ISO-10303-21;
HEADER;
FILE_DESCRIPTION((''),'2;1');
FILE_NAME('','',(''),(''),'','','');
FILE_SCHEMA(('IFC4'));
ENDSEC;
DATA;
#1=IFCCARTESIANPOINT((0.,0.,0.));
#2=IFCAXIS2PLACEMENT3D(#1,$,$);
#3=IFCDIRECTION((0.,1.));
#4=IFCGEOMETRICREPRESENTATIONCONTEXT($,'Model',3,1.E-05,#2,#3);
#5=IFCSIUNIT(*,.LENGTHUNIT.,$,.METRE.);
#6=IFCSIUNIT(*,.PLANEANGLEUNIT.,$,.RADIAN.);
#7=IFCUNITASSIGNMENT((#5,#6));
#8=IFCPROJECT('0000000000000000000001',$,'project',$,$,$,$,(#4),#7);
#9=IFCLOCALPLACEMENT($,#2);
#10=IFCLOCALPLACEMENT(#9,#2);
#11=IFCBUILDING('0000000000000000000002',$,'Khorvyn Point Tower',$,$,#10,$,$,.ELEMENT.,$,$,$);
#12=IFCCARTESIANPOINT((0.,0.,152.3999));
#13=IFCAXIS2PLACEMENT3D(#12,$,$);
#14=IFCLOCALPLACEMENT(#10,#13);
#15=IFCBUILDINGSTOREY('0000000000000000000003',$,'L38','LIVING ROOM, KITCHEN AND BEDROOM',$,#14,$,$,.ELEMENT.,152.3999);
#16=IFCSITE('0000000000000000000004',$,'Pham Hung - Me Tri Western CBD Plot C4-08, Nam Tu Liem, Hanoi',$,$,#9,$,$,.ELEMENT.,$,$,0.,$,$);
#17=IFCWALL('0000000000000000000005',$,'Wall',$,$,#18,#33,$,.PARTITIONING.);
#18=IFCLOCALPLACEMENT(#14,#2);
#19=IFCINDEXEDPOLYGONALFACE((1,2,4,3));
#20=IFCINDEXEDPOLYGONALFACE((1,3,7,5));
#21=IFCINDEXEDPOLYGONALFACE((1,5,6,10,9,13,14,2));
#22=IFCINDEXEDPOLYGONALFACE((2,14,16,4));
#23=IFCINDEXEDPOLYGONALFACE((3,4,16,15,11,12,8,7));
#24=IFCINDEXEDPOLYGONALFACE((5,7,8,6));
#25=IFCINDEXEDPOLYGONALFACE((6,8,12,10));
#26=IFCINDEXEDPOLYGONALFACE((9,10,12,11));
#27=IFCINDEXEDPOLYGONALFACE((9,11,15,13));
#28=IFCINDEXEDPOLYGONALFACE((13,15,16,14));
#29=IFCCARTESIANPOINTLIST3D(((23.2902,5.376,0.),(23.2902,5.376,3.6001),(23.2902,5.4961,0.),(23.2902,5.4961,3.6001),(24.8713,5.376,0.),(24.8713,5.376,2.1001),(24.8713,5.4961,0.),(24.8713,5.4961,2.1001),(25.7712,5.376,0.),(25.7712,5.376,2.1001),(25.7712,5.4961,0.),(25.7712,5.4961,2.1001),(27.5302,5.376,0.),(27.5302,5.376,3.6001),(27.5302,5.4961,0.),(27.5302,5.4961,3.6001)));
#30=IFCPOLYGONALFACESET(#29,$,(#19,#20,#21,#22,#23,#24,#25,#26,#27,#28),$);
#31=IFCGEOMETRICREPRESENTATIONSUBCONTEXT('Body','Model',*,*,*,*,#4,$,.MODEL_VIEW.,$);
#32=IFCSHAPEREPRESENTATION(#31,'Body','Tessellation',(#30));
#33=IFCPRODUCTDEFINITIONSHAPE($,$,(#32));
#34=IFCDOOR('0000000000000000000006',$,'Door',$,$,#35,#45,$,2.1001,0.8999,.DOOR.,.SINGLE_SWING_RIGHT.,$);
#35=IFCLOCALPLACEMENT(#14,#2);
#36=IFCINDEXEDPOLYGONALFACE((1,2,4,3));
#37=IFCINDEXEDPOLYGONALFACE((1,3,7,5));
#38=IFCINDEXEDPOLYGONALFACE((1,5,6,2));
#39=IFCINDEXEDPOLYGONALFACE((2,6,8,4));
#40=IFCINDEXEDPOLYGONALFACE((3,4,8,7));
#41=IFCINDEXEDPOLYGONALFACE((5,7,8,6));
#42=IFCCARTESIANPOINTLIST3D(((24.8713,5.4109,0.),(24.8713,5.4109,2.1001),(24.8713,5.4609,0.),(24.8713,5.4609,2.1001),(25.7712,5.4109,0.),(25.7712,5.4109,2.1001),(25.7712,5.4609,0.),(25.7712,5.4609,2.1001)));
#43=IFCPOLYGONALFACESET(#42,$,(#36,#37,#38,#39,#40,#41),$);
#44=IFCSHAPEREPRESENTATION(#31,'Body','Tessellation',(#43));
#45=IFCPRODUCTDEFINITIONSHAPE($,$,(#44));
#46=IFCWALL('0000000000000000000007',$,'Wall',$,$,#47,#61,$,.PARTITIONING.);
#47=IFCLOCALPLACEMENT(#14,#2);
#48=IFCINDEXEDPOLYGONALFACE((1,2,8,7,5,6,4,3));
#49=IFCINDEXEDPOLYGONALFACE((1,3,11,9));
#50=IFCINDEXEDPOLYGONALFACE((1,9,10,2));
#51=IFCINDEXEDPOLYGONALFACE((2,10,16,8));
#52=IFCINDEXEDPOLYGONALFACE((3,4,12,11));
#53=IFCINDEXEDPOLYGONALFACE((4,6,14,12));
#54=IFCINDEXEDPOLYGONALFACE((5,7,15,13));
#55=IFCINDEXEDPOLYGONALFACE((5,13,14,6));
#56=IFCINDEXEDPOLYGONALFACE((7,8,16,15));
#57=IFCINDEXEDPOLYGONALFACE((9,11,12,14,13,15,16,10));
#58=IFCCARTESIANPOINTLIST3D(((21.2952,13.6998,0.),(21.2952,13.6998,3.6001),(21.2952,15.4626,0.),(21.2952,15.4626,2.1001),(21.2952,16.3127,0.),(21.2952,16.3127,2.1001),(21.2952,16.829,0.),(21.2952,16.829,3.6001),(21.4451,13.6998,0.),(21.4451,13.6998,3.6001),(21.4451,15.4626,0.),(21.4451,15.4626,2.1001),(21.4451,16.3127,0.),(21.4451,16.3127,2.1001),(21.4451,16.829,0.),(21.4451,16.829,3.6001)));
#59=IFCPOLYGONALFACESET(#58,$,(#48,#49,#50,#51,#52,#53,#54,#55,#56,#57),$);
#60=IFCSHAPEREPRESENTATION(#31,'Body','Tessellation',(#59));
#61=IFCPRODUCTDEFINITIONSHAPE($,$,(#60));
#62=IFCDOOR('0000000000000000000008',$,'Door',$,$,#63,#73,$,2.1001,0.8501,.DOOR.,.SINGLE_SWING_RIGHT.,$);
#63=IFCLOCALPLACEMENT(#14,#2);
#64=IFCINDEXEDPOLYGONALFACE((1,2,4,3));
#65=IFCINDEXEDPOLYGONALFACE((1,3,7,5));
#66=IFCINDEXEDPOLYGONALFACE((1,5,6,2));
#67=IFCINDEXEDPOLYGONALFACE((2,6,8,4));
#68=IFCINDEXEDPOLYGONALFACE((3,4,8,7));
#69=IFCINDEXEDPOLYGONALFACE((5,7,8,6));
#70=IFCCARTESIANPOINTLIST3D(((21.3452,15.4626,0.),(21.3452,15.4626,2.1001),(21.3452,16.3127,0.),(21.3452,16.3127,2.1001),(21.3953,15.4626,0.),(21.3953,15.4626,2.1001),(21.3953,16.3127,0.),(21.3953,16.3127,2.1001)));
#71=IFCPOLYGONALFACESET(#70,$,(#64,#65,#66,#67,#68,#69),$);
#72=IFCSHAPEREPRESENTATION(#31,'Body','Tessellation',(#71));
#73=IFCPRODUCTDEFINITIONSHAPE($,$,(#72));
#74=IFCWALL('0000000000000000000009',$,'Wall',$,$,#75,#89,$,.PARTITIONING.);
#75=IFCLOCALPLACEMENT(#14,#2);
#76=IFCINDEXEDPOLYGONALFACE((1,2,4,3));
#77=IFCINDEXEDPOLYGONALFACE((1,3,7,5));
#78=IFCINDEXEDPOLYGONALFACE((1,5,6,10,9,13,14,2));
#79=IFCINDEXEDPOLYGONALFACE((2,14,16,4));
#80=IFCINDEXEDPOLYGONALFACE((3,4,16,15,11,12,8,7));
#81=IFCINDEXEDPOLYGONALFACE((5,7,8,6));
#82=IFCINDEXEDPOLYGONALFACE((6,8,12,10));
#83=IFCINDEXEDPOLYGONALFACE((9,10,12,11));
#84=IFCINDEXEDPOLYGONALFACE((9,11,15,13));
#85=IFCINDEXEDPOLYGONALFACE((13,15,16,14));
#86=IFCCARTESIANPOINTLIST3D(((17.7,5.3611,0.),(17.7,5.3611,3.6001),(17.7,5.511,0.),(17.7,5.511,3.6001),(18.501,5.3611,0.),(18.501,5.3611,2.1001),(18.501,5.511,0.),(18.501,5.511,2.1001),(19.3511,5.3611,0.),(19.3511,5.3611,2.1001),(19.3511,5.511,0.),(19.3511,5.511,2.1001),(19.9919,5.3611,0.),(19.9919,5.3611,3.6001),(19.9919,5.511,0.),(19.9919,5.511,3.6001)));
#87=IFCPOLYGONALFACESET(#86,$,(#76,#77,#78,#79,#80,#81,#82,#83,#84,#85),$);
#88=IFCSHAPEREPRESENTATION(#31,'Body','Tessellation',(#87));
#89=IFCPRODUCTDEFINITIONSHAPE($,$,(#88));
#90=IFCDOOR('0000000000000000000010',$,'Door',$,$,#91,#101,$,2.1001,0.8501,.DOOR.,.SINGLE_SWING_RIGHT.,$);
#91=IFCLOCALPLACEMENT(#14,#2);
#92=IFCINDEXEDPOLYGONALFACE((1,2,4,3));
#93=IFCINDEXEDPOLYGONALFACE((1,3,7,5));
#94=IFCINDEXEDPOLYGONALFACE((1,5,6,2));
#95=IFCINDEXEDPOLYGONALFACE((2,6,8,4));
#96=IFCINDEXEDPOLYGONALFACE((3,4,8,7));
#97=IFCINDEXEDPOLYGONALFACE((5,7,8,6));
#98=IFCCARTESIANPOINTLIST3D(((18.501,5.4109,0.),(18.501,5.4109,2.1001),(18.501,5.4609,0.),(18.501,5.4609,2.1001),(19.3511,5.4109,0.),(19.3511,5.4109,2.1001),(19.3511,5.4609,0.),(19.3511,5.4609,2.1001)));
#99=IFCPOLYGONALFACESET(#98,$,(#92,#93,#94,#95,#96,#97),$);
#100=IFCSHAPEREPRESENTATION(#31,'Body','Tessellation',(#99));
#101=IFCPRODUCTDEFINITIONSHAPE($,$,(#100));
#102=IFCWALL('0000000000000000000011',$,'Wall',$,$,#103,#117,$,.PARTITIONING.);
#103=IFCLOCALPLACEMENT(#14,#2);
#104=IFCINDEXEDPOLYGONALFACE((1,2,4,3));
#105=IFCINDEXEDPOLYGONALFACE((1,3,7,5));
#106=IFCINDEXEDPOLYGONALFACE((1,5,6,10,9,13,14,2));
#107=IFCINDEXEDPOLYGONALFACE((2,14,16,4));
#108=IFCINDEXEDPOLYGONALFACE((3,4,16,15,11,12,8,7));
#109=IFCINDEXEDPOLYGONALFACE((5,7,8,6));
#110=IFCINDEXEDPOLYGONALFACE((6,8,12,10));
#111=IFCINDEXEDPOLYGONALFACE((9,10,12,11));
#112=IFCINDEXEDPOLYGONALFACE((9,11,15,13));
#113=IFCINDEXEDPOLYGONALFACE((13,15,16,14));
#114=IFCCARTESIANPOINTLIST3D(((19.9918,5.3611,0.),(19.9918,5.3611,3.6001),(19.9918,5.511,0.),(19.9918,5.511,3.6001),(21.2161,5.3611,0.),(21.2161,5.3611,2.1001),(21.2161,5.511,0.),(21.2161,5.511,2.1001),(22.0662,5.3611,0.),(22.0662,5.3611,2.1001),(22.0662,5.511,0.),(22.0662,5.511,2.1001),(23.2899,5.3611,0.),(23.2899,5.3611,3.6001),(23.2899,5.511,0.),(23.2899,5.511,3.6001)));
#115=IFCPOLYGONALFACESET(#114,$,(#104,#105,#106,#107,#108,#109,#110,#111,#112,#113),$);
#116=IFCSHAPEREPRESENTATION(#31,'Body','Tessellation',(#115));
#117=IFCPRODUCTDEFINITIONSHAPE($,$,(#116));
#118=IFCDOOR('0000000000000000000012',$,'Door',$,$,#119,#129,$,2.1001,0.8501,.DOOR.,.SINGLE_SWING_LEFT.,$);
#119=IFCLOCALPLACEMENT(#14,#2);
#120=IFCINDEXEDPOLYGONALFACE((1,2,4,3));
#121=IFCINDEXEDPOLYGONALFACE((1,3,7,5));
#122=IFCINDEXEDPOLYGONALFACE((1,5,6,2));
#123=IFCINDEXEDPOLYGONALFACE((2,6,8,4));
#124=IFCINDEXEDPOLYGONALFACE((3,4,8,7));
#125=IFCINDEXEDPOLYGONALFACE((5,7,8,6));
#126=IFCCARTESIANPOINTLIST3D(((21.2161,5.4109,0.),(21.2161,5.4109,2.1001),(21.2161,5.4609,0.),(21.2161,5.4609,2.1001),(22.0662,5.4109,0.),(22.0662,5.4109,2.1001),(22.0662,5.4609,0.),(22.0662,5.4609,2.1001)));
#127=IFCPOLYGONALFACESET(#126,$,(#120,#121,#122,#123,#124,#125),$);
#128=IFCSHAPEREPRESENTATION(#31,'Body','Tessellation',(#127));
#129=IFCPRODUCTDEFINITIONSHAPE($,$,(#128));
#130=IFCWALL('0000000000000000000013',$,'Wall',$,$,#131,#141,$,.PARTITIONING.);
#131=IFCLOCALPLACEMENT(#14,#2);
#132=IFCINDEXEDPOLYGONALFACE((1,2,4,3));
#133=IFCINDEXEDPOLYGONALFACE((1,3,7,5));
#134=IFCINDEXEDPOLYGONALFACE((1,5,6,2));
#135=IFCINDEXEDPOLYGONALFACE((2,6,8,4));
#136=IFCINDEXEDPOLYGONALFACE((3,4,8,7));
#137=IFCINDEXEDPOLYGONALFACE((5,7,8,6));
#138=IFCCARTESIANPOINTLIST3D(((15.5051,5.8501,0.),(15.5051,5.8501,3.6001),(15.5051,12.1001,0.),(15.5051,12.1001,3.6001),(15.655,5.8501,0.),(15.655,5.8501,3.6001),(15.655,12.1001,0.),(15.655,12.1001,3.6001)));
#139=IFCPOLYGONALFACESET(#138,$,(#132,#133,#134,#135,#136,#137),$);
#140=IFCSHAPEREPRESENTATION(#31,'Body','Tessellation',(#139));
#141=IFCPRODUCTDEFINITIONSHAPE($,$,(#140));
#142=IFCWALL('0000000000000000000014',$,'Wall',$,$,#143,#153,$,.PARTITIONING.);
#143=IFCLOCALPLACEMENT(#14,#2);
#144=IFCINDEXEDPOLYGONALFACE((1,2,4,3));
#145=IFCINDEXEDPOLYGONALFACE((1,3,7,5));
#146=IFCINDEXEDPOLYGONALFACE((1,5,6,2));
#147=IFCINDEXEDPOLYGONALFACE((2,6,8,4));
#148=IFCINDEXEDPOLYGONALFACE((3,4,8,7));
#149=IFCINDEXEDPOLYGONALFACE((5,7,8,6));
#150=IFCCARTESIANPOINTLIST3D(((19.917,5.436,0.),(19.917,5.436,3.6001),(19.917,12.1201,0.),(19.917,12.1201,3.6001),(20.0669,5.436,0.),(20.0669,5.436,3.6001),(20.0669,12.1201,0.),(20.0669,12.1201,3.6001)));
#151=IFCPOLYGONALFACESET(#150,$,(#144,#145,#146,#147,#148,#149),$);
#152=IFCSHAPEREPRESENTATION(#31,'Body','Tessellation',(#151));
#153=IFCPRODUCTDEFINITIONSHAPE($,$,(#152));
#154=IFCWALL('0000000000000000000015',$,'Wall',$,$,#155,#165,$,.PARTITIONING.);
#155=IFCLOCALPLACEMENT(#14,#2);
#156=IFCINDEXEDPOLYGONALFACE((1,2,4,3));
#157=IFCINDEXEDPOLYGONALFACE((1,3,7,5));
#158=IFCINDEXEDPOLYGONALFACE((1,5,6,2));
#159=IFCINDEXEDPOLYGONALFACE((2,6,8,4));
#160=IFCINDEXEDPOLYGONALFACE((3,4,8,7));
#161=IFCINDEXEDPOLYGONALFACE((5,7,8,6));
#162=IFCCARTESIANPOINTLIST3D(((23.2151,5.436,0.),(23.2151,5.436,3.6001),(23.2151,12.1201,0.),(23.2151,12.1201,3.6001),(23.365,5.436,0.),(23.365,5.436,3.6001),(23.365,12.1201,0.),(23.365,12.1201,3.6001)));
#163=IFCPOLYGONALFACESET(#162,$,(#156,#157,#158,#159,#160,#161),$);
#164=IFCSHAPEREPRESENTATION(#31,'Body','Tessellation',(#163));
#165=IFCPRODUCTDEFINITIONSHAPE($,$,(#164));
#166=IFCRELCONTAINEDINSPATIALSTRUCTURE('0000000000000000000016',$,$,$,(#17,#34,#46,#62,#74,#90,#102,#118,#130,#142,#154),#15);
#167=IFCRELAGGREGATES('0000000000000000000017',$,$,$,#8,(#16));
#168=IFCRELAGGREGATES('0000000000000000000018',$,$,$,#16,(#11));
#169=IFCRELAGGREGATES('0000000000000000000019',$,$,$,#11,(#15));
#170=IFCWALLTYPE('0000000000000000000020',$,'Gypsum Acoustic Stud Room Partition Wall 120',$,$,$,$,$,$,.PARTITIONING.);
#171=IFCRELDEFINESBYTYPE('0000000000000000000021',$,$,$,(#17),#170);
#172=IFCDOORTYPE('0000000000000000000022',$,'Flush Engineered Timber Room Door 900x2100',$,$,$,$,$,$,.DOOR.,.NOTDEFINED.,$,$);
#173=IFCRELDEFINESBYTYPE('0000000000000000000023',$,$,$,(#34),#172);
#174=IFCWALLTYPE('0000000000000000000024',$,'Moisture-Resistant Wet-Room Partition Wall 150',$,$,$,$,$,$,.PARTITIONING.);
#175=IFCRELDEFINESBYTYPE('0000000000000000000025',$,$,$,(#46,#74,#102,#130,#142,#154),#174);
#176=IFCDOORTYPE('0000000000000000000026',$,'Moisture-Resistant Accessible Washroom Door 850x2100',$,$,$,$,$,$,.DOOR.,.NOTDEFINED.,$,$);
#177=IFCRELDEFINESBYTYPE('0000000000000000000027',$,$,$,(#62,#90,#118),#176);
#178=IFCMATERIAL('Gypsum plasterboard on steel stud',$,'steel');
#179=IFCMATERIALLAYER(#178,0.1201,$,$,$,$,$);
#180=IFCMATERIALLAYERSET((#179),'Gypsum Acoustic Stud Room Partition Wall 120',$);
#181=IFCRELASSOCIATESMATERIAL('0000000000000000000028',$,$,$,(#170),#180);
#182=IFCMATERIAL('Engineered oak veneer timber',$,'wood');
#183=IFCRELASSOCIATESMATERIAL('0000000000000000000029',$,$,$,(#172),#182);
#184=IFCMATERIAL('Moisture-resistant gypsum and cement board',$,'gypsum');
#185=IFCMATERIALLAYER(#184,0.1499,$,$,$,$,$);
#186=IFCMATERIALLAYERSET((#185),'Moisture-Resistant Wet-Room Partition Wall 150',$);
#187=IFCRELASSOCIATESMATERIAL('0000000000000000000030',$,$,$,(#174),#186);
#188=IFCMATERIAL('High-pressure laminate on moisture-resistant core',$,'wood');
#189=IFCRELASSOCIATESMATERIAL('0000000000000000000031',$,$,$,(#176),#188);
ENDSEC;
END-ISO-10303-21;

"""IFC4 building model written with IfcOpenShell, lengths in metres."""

from ifc_helpers import new_model, si_unit, direction, frame, frame_2d, origin, place, context, subcontext, project, spatial, rectangle, extrude, material, layer, layer_set, type_object, element, fill, save


model = new_model("IFC4")

# Units and contexts
model_context = context("Model", 3, precision=1e-05, world=origin(), true_north=direction((0.0, 1.0)))
body_context = subcontext(model_context, "Body", "Model", "MODEL_VIEW")
ifc_project = project(units=[si_unit("LENGTHUNIT", "METRE"), si_unit("PLANEANGLEUNIT", "RADIAN")], contexts=[model_context])

# Site, building, storey
site_placement = place(None, origin())
site = spatial("IfcSite", under=ifc_project, at=site_placement, Name="Pham Hung - Me Tri Western CBD Plot C4-08, Nam Tu Liem, Hanoi", CompositionType="ELEMENT", RefElevation=0.0)
building_placement = place(site_placement, origin())
building = spatial("IfcBuilding", under=site, at=building_placement, Name="Khorvyn Point Tower", CompositionType="ELEMENT")
storey_placement = place(building_placement, frame((0.0, 0.0, 152.3999)))
storey = spatial("IfcBuildingStorey", under=building, at=storey_placement, Name="L38", Description="LIVING ROOM, KITCHEN AND BEDROOM", CompositionType="ELEMENT", Elevation=152.3999)

# Walls, openings, doors
ifc_material_1 = material(Name="Gypsum plasterboard on steel stud", Category="steel")
ifc_layer_1 = layer(ifc_material_1, 0.1201)
ifc_layer_set_1 = layer_set([ifc_layer_1], Name="Gypsum Acoustic Stud Room Partition Wall 120")
wall_type_1 = type_object("IfcWallType", Name="Gypsum Acoustic Stud Room Partition Wall 120", PredefinedType="PARTITIONING", material=ifc_layer_set_1)
wall_1_placement = place(storey_placement, frame((23.29, 5.436, 0.0), z_axis=(0.0, 0.0, 1.0), x_axis=(1.0, 0.0, 0.0)))
wall_1 = element("IfcWall", 1, at=wall_1_placement, inside=storey, type_object=wall_type_1, Name="Wall", PredefinedType="PARTITIONING", context=body_context, shape_type="SweptSolid", body=[
    extrude(rectangle(XDim=4.24, YDim=0.1201, at=frame_2d((2.1201, 0.0))), origin(), (0.0, 0.0, 1.0), 3.6001),
])
opening_1_placement = place(wall_1_placement, frame((1.5813, 0.0, 0.0)))
opening_1 = element("IfcOpeningElement", 2, at=opening_1_placement, cuts=wall_1, PredefinedType="OPENING", context=body_context, shape_type="SweptSolid", body=[
    extrude(rectangle(XDim=0.8999, YDim=2.1001, at=frame_2d((0.45, 1.05))), frame((0.0, 0.0701, 0.0), z_axis=(0.0, -1.0, 0.0), x_axis=(1.0, 0.0, 0.0)), (0.0, 0.0, 1.0), 0.1401),
])
ifc_material_2 = material(Name="Engineered oak veneer timber", Category="wood")
door_type_1 = type_object("IfcDoorType", Name="Flush Engineered Timber Room Door 900x2100", OperationType="NOTDEFINED", PredefinedType="DOOR", material=ifc_material_2)
door_1_placement = place(opening_1_placement, origin())
door_1 = element("IfcDoor", 3, at=door_1_placement, inside=storey, type_object=door_type_1, Name="Door", OperationType="SINGLE_SWING_RIGHT", OverallHeight=2.1001, OverallWidth=0.8999, PredefinedType="DOOR", context=body_context, shape_type="SweptSolid", body=[
    extrude(rectangle(XDim=0.8999, YDim=2.1001, at=frame_2d((0.45, 1.05))), frame((0.0, 0.0249, 0.0), z_axis=(0.0, -1.0, 0.0), x_axis=(1.0, 0.0, 0.0)), (0.0, 0.0, 1.0), 0.05),
])
fill(opening_1, door_1)
ifc_material_3 = material(Name="Moisture-resistant gypsum and cement board", Category="gypsum")
ifc_layer_2 = layer(ifc_material_3, 0.1499)
ifc_layer_set_2 = layer_set([ifc_layer_2], Name="Moisture-Resistant Wet-Room Partition Wall 150")
wall_type_2 = type_object("IfcWallType", Name="Moisture-Resistant Wet-Room Partition Wall 150", PredefinedType="PARTITIONING", material=ifc_layer_set_2)
wall_2_placement = place(storey_placement, frame((21.3701, 13.7, 0.0), z_axis=(0.0, 0.0, 1.0), x_axis=(0.0, 1.0, 0.0)))
wall_2 = element("IfcWall", 4, at=wall_2_placement, inside=storey, type_object=wall_type_2, Name="Wall", PredefinedType="PARTITIONING", context=body_context, shape_type="SweptSolid", body=[
    extrude(rectangle(XDim=3.1292, YDim=0.1499, at=frame_2d((1.5645, 0.0))), origin(), (0.0, 0.0, 1.0), 3.6001),
])
opening_2_placement = place(wall_2_placement, frame((1.7627, 0.0, 0.0)))
opening_2 = element("IfcOpeningElement", 5, at=opening_2_placement, cuts=wall_2, PredefinedType="OPENING", context=body_context, shape_type="SweptSolid", body=[
    extrude(rectangle(XDim=0.8501, YDim=2.1001, at=frame_2d((0.425, 1.05))), frame((0.0, 0.085, 0.0), z_axis=(0.0, -1.0, 0.0), x_axis=(1.0, 0.0, 0.0)), (0.0, 0.0, 1.0), 0.1699),
])
ifc_material_4 = material(Name="High-pressure laminate on moisture-resistant core", Category="wood")
door_type_2 = type_object("IfcDoorType", Name="Moisture-Resistant Accessible Washroom Door 850x2100", OperationType="NOTDEFINED", PredefinedType="DOOR", material=ifc_material_4)
door_2_placement = place(opening_2_placement, origin())
door_2 = element("IfcDoor", 6, at=door_2_placement, inside=storey, type_object=door_type_2, Name="Door", OperationType="SINGLE_SWING_RIGHT", OverallHeight=2.1001, OverallWidth=0.8501, PredefinedType="DOOR", context=body_context, shape_type="SweptSolid", body=[
    extrude(rectangle(XDim=0.8501, YDim=2.1001, at=frame_2d((0.425, 1.05))), frame((0.0, 0.0249, 0.0), z_axis=(0.0, -1.0, 0.0), x_axis=(1.0, 0.0, 0.0)), (0.0, 0.0, 1.0), 0.05),
])
fill(opening_2, door_2)
wall_3_placement = place(storey_placement, frame((17.7, 5.436, 0.0), z_axis=(0.0, 0.0, 1.0), x_axis=(1.0, 0.0, 0.0)))
wall_3 = element("IfcWall", 7, at=wall_3_placement, inside=storey, type_object=wall_type_2, Name="Wall", PredefinedType="PARTITIONING", context=body_context, shape_type="SweptSolid", body=[
    extrude(rectangle(XDim=2.292, YDim=0.1499, at=frame_2d((1.146, 0.0))), origin(), (0.0, 0.0, 1.0), 3.6001),
])
opening_3_placement = place(wall_3_placement, frame((0.801, 0.0, 0.0)))
opening_3 = element("IfcOpeningElement", 8, at=opening_3_placement, cuts=wall_3, PredefinedType="OPENING", context=body_context, shape_type="SweptSolid", body=[
    extrude(rectangle(XDim=0.8501, YDim=2.1001, at=frame_2d((0.425, 1.05))), frame((0.0, 0.085, 0.0), z_axis=(0.0, -1.0, 0.0), x_axis=(1.0, 0.0, 0.0)), (0.0, 0.0, 1.0), 0.1699),
])
door_3_placement = place(opening_3_placement, origin())
door_3 = element("IfcDoor", 9, at=door_3_placement, inside=storey, type_object=door_type_2, Name="Door", OperationType="SINGLE_SWING_RIGHT", OverallHeight=2.1001, OverallWidth=0.8501, PredefinedType="DOOR", context=body_context, shape_type="SweptSolid", body=[
    extrude(rectangle(XDim=0.8501, YDim=2.1001, at=frame_2d((0.425, 1.05))), frame((0.0, 0.0249, 0.0), z_axis=(0.0, -1.0, 0.0), x_axis=(1.0, 0.0, 0.0)), (0.0, 0.0, 1.0), 0.05),
])
fill(opening_3, door_3)
wall_4_placement = place(storey_placement, frame((19.9919, 5.436, 0.0), z_axis=(0.0, 0.0, 1.0), x_axis=(1.0, 0.0, 0.0)))
wall_4 = element("IfcWall", 10, at=wall_4_placement, inside=storey, type_object=wall_type_2, Name="Wall", PredefinedType="PARTITIONING", context=body_context, shape_type="SweptSolid", body=[
    extrude(rectangle(XDim=3.2981, YDim=0.1499, at=frame_2d((1.6489, 0.0))), origin(), (0.0, 0.0, 1.0), 3.6001),
])
opening_4_placement = place(wall_4_placement, frame((1.2241, 0.0, 0.0)))
opening_4 = element("IfcOpeningElement", 11, at=opening_4_placement, cuts=wall_4, PredefinedType="OPENING", context=body_context, shape_type="SweptSolid", body=[
    extrude(rectangle(XDim=0.8501, YDim=2.1001, at=frame_2d((0.425, 1.05))), frame((0.0, 0.085, 0.0), z_axis=(0.0, -1.0, 0.0), x_axis=(1.0, 0.0, 0.0)), (0.0, 0.0, 1.0), 0.1699),
])
door_4_placement = place(opening_4_placement, origin())
door_4 = element("IfcDoor", 12, at=door_4_placement, inside=storey, type_object=door_type_2, Name="Door", OperationType="SINGLE_SWING_LEFT", OverallHeight=2.1001, OverallWidth=0.8501, PredefinedType="DOOR", context=body_context, shape_type="SweptSolid", body=[
    extrude(rectangle(XDim=0.8501, YDim=2.1001, at=frame_2d((0.425, 1.05))), frame((0.0, 0.0249, 0.0), z_axis=(0.0, -1.0, 0.0), x_axis=(1.0, 0.0, 0.0)), (0.0, 0.0, 1.0), 0.05),
])
fill(opening_4, door_4)

# Walls
wall_5_placement = place(storey_placement, frame((15.5801, 5.8501, 0.0), z_axis=(0.0, 0.0, 1.0), x_axis=(0.0, 1.0, 0.0)))
element("IfcWall", 13, at=wall_5_placement, inside=storey, type_object=wall_type_2, Name="Wall", PredefinedType="PARTITIONING", context=body_context, shape_type="SweptSolid", body=[
    extrude(rectangle(XDim=6.25, YDim=0.1499, at=frame_2d((3.125, 0.0))), origin(), (0.0, 0.0, 1.0), 3.6001),
])
for number, where, z_axis, x_axis, name in (
    (14, (19.9919, 5.436, 0.0), (0.0, 0.0, 1.0), (0.0, 1.0, 0.0), "Wall"),
    (15, (23.29, 5.436, 0.0), (0.0, 0.0, 1.0), (0.0, 1.0, 0.0), "Wall"),
):
    element("IfcWall", number, at=place(storey_placement, frame(where, z_axis=z_axis, x_axis=x_axis)), inside=storey, type_object=wall_type_2, Name=name, PredefinedType="PARTITIONING", context=body_context, shape_type="SweptSolid", body=[
        extrude(rectangle(XDim=6.6841, YDim=0.1499, at=frame_2d((3.342, 0.0))), origin(), (0.0, 0.0, 1.0), 3.6001),
    ])

save(model, "model.ifc")
